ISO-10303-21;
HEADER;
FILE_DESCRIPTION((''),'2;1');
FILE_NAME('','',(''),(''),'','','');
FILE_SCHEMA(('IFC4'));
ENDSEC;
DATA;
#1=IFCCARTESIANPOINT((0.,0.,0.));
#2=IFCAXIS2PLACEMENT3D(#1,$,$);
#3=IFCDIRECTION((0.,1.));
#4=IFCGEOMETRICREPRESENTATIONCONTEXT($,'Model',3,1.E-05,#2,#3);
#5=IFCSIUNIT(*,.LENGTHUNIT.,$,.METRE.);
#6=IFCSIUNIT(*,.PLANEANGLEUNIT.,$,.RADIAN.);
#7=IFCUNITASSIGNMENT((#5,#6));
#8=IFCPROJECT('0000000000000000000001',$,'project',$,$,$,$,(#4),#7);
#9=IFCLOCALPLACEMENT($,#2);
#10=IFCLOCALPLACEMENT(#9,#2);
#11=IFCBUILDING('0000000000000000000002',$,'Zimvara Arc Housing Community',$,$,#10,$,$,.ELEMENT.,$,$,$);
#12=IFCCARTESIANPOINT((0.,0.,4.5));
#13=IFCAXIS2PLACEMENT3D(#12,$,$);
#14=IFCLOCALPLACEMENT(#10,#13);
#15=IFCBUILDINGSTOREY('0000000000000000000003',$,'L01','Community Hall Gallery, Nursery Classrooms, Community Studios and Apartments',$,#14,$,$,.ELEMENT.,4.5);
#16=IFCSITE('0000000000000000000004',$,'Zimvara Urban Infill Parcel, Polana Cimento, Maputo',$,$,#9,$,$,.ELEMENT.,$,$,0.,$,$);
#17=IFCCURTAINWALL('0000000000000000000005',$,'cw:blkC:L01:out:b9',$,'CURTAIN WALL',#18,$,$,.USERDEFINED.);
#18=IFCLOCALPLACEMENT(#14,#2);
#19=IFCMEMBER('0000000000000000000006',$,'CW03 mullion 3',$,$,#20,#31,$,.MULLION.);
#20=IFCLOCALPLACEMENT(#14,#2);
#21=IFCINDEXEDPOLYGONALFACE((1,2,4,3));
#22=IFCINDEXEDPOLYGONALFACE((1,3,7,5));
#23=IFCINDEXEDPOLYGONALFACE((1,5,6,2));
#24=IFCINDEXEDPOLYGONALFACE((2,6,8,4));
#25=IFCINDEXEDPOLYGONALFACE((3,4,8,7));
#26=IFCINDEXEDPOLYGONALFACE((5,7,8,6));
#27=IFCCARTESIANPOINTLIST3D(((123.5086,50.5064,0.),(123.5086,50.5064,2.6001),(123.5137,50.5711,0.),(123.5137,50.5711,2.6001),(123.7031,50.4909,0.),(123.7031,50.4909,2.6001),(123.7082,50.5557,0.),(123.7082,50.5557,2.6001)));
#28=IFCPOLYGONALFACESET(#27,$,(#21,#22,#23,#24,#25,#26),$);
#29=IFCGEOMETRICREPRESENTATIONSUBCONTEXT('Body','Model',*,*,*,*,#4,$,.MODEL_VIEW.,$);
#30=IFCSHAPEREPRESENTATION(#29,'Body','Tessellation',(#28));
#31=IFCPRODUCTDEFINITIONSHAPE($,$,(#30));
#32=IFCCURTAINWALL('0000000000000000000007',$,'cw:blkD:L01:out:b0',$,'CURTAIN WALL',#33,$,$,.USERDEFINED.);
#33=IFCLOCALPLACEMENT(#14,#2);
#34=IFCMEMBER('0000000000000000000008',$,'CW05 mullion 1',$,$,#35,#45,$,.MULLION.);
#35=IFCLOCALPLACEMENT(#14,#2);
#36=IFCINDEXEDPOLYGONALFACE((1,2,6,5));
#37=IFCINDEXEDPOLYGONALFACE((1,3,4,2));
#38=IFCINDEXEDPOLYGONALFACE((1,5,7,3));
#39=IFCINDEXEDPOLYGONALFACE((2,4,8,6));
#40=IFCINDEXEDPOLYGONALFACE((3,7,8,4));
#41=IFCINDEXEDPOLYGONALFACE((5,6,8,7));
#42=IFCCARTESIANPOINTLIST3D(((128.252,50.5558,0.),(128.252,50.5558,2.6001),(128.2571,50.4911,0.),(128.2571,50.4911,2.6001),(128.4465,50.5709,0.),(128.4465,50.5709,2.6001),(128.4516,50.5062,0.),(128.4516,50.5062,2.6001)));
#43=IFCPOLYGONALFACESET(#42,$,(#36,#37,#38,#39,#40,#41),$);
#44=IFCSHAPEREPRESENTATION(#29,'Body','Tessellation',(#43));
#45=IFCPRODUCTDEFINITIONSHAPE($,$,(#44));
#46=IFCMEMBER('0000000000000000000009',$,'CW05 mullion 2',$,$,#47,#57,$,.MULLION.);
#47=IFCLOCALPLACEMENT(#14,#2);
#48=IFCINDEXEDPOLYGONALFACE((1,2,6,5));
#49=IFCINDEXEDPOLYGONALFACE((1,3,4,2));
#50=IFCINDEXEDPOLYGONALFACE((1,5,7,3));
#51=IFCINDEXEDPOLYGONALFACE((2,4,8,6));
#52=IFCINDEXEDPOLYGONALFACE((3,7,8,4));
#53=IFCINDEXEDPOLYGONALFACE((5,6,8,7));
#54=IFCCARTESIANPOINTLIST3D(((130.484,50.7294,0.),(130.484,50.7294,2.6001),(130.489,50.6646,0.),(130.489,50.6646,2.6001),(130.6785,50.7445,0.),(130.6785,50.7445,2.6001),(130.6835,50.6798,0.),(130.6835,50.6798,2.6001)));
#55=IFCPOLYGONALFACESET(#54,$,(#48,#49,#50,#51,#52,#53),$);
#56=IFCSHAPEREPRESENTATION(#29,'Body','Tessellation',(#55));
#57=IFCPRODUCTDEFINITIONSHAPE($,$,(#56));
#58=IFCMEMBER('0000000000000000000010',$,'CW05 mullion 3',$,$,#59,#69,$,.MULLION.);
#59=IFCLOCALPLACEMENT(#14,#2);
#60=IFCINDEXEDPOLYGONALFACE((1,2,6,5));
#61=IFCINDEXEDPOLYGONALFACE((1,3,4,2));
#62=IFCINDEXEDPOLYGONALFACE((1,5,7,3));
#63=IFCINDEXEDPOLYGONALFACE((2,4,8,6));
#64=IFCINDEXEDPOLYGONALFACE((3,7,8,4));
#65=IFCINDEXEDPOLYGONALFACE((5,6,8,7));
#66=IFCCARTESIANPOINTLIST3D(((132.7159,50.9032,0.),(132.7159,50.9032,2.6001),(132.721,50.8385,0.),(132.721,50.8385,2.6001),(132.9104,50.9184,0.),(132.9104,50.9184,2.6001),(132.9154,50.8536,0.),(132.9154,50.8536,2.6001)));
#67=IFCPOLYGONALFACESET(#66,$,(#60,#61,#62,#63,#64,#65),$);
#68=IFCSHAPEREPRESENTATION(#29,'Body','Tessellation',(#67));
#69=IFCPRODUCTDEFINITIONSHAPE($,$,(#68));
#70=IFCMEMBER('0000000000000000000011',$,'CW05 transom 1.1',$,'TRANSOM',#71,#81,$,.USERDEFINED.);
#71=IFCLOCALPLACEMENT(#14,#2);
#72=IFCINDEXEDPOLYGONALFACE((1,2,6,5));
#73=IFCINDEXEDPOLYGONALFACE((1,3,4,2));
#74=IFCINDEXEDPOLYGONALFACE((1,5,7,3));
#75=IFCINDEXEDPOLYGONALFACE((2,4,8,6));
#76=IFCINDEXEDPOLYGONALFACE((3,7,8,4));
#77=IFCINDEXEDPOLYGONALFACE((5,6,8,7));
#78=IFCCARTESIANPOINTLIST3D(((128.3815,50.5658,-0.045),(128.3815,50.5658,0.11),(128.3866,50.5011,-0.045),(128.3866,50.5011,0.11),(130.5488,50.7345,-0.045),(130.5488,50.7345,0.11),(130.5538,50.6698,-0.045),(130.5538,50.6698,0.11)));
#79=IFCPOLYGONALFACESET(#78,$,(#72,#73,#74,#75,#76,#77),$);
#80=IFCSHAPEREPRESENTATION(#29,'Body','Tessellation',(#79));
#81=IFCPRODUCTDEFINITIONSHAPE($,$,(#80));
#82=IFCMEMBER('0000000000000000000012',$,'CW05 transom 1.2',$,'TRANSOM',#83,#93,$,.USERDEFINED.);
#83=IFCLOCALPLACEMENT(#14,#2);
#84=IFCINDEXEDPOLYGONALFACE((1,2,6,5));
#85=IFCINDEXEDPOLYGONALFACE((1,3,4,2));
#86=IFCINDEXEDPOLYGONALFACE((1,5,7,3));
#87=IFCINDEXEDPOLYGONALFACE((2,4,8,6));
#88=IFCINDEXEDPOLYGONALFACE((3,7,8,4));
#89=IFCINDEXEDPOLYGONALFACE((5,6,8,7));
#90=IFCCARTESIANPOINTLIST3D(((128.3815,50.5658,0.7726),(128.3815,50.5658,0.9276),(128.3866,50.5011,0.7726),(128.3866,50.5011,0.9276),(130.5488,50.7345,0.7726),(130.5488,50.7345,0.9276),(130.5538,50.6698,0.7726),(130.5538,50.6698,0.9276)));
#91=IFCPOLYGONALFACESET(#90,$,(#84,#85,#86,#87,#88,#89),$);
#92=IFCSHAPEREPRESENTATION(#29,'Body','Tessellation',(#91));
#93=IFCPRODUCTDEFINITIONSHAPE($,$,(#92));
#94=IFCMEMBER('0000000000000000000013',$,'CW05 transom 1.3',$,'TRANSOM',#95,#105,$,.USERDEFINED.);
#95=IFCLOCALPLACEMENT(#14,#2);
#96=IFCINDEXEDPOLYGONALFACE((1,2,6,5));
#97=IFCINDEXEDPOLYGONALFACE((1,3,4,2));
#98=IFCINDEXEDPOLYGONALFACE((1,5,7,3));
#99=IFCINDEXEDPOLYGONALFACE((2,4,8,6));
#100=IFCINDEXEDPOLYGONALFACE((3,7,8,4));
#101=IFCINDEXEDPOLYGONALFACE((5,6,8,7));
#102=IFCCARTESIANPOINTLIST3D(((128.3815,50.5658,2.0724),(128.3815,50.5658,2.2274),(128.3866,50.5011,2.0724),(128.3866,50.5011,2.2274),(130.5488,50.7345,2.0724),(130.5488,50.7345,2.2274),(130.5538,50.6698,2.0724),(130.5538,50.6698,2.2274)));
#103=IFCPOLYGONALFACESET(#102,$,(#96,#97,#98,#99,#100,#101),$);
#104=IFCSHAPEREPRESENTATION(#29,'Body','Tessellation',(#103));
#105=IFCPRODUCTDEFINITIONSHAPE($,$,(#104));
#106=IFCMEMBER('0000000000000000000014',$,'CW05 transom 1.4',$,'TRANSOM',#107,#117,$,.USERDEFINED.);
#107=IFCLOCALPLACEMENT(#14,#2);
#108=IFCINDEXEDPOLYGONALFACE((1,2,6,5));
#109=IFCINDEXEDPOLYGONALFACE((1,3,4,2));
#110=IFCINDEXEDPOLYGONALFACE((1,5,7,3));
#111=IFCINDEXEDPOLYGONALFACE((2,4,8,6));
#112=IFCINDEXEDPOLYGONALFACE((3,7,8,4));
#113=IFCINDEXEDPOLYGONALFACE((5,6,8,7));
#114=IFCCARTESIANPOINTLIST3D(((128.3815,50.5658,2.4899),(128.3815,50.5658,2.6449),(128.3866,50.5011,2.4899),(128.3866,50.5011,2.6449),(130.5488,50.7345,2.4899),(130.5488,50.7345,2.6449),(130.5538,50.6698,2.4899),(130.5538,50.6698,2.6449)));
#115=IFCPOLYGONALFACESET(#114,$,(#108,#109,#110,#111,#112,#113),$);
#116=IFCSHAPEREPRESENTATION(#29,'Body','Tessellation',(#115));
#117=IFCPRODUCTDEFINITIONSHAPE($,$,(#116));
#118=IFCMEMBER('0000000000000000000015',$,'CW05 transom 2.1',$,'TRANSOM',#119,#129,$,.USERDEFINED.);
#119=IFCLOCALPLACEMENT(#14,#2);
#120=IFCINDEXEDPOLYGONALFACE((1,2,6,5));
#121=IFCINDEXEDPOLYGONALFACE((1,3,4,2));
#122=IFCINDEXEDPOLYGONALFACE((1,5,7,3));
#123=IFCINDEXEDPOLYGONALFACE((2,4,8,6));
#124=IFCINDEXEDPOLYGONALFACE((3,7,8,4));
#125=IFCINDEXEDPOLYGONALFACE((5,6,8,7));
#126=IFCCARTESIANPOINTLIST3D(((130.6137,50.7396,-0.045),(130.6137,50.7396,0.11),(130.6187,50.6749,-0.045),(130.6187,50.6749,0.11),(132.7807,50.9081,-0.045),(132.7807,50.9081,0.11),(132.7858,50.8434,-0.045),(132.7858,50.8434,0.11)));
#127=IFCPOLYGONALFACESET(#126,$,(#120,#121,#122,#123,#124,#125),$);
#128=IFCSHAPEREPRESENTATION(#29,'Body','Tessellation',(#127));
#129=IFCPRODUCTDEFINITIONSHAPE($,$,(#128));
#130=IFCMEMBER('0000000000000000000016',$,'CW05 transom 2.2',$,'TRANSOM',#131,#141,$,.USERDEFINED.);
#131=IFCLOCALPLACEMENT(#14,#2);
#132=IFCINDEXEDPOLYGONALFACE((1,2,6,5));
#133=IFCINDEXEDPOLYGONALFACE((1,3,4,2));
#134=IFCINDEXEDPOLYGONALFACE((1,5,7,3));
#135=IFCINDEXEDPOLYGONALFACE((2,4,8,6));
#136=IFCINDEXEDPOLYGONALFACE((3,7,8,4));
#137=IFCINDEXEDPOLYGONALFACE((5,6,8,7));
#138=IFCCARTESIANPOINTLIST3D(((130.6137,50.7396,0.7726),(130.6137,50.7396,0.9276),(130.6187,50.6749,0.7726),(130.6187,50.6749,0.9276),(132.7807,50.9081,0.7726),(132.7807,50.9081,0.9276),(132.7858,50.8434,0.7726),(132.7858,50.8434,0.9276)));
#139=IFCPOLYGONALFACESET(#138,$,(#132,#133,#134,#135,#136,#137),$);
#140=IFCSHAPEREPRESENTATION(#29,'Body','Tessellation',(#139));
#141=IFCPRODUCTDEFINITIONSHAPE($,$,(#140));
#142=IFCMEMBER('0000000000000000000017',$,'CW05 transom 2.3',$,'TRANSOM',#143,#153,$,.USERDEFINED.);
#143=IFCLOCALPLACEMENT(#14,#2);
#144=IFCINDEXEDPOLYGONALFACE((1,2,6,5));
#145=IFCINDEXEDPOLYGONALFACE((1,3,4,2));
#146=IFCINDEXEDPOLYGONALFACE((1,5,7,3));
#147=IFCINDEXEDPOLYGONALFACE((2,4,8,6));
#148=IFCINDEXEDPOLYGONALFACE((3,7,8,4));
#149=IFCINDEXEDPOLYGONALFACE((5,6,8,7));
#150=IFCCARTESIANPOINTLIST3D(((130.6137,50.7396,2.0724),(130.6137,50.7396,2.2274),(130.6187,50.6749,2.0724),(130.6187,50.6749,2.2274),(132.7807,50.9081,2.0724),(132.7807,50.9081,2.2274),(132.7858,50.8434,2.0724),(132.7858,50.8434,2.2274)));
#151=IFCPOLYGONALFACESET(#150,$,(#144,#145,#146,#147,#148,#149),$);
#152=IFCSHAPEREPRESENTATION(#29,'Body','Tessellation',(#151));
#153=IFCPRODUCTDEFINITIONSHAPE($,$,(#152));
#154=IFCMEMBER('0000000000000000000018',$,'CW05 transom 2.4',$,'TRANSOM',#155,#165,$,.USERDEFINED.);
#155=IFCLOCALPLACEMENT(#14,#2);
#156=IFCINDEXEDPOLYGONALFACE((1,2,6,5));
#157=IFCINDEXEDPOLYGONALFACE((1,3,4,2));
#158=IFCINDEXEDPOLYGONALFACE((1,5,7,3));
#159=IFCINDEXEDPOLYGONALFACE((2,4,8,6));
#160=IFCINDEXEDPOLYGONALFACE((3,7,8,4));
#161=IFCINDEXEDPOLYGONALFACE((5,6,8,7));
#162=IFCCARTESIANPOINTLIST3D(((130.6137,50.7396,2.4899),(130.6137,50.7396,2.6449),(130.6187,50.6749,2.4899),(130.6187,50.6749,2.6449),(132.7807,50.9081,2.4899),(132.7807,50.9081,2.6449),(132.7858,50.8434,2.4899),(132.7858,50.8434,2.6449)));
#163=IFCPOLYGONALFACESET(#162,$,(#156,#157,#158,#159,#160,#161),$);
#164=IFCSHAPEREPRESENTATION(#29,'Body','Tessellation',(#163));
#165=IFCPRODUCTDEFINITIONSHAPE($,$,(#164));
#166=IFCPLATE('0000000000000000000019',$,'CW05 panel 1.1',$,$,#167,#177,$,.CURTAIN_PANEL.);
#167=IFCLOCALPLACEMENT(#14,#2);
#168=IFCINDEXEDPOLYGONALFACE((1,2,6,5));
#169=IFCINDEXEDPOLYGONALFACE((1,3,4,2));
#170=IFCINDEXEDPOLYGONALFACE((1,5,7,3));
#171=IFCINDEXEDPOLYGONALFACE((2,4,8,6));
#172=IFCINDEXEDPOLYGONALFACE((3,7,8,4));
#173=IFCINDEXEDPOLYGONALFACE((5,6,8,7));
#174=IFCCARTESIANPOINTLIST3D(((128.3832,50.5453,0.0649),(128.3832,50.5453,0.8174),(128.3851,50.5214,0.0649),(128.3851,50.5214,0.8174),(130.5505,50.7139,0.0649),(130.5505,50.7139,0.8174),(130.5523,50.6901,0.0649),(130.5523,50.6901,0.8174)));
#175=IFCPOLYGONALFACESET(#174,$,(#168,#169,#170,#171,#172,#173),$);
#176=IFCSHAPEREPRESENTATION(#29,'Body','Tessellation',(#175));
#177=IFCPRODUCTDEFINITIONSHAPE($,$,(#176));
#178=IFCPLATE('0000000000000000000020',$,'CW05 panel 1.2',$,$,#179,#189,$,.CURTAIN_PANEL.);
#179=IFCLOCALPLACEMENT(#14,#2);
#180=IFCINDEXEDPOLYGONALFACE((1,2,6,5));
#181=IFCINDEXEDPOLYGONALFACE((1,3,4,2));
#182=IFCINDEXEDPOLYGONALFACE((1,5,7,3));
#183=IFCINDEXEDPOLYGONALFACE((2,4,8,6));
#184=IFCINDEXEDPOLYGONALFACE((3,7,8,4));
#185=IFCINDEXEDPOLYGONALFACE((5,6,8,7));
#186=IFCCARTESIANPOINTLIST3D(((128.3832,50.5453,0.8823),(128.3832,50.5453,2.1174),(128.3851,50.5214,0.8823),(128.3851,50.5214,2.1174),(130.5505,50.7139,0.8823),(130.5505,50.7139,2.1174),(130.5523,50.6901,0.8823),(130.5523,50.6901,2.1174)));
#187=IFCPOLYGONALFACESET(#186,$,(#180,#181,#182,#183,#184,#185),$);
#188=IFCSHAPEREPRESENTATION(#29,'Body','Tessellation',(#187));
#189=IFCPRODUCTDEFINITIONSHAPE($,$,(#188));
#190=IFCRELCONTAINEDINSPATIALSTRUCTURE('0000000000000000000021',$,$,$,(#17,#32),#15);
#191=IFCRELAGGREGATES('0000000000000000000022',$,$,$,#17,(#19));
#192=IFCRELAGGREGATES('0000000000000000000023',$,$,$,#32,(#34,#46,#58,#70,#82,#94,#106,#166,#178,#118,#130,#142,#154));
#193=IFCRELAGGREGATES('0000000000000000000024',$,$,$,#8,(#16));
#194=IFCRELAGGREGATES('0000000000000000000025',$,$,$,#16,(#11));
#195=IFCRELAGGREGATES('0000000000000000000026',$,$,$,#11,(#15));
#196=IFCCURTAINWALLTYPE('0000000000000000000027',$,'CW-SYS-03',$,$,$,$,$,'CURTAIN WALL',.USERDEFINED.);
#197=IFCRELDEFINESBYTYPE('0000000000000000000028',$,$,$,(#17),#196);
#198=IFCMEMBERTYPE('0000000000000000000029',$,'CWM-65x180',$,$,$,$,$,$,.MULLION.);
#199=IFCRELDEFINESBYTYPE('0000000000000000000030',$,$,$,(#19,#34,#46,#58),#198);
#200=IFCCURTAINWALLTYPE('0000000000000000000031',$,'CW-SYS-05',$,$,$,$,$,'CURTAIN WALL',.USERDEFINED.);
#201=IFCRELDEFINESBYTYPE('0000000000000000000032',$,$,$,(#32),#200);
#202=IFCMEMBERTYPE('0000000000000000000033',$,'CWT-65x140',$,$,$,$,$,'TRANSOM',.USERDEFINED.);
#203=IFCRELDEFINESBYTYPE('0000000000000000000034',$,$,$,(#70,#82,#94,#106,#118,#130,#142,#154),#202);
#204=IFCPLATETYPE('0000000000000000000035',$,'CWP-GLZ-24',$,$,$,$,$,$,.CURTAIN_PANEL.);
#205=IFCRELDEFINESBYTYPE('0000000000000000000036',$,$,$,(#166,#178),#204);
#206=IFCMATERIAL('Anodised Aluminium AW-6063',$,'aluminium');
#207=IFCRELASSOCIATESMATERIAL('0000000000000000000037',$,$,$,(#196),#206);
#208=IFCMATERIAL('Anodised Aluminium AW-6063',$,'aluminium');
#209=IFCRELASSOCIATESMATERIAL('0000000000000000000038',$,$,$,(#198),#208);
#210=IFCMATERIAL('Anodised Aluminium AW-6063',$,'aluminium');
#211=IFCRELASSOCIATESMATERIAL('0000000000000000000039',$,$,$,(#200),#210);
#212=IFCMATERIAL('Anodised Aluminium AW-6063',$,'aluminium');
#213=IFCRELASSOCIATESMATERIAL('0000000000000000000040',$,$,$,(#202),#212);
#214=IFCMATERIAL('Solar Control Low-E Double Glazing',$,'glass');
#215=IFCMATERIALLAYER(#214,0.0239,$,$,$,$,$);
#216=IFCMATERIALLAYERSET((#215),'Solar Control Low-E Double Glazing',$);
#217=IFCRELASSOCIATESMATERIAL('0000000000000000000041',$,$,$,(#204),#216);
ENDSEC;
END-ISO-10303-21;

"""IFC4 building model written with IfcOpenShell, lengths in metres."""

from ifc_helpers import new_model, si_unit, direction, frame, origin, origin_2d, place, context, subcontext, project, spatial, rectangle, extrude, material, layer, layer_set, material_profile, profile_set, type_object, element, aggregate, save


model = new_model("IFC4")

# Units and contexts
model_context = context("Model", 3, precision=1e-05, world=origin(), true_north=direction((0.0, 1.0)))
body_context = subcontext(model_context, "Body", "Model", "MODEL_VIEW")
ifc_project = project(units=[si_unit("LENGTHUNIT", "METRE"), si_unit("PLANEANGLEUNIT", "RADIAN")], contexts=[model_context])

# Site, building, storey
site_placement = place(None, origin())
site = spatial("IfcSite", under=ifc_project, at=site_placement, Name="Zimvara Urban Infill Parcel, Polana Cimento, Maputo", CompositionType="ELEMENT", RefElevation=0.0)
building_placement = place(site_placement, origin())
building = spatial("IfcBuilding", under=site, at=building_placement, Name="Zimvara Arc Housing Community", CompositionType="ELEMENT")
storey_placement = place(building_placement, frame((0.0, 0.0, 4.5)))
storey = spatial("IfcBuildingStorey", under=building, at=storey_placement, Name="L01", Description="Community Hall Gallery, Nursery Classrooms, Community Studios and Apartments", CompositionType="ELEMENT", Elevation=4.5)

# Curtain wall, member
ifc_material_1 = material(Name="Anodised Aluminium AW-6063", Category="aluminium")
curtain_wall_type_1 = type_object("IfcCurtainWallType", Name="CW-SYS-03", ElementType="CURTAIN WALL", PredefinedType="USERDEFINED", material=ifc_material_1)
curtain_wall_1_placement = place(storey_placement, origin())
curtain_wall_1 = element("IfcCurtainWall", 1, at=curtain_wall_1_placement, inside=storey, type_object=curtain_wall_type_1, Name="cw:blkC:L01:out:b9", ObjectType="CURTAIN WALL", PredefinedType="USERDEFINED")
ifc_material_2 = material(Name="Anodised Aluminium AW-6063", Category="aluminium")
ifc_material_profile_1 = material_profile(ifc_material_2, rectangle(XDim=0.0649, YDim=0.1951, at=origin_2d()), Name="ALU 65x195")
ifc_profile_set_1 = profile_set([ifc_material_profile_1], Name="Anodised Aluminium AW-6063")
member_type_1 = type_object("IfcMemberType", Name="CWM-65x180", PredefinedType="MULLION", material=ifc_profile_set_1)
member_1_placement = place(storey_placement, frame((123.6084, 50.531, 0.0), z_axis=(0.0, 0.0, 1.0), x_axis=(0.079154, 0.996862, 0.0)))
member_1 = element("IfcMember", 2, at=member_1_placement, type_object=member_type_1, Name="CW03 mullion 3", PredefinedType="MULLION", context=body_context, shape_type="SweptSolid", body=[
    extrude(rectangle(XDim=0.0649, YDim=0.1951, at=origin_2d()), origin(), (0.0, 0.0, 1.0), 2.6001),
])
aggregate(curtain_wall_1, [member_1])

# Curtain wall, members, plates
ifc_material_3 = material(Name="Anodised Aluminium AW-6063", Category="aluminium")
curtain_wall_type_2 = type_object("IfcCurtainWallType", Name="CW-SYS-05", ElementType="CURTAIN WALL", PredefinedType="USERDEFINED", material=ifc_material_3)
curtain_wall_2_placement = place(storey_placement, origin())
curtain_wall_2 = element("IfcCurtainWall", 3, at=curtain_wall_2_placement, inside=storey, type_object=curtain_wall_type_2, Name="cw:blkD:L01:out:b0", ObjectType="CURTAIN WALL", PredefinedType="USERDEFINED")
member_2_placement = place(storey_placement, frame((128.3518, 50.531, 0.0), z_axis=(0.0, 0.0, 1.0), x_axis=(-0.07759, 0.996985, 0.0)))
member_2 = element("IfcMember", 4, at=member_2_placement, type_object=member_type_1, Name="CW05 mullion 1", PredefinedType="MULLION", context=body_context, shape_type="SweptSolid", body=[
    extrude(rectangle(XDim=0.0649, YDim=0.1951, at=origin_2d()), origin(), (0.0, 0.0, 1.0), 2.6001),
])
member_3_placement = place(storey_placement, frame((130.5837, 50.7046, 0.0), z_axis=(0.0, 0.0, 1.0), x_axis=(-0.07759, 0.996985, 0.0)))
member_3 = element("IfcMember", 5, at=member_3_placement, type_object=member_type_1, Name="CW05 mullion 2", PredefinedType="MULLION", context=body_context, shape_type="SweptSolid", body=[
    extrude(rectangle(XDim=0.0649, YDim=0.1951, at=origin_2d()), origin(), (0.0, 0.0, 1.0), 2.6001),
])
member_4_placement = place(storey_placement, frame((132.8157, 50.8784, 0.0), z_axis=(0.0, 0.0, 1.0), x_axis=(-0.07759, 0.996985, 0.0)))
member_4 = element("IfcMember", 6, at=member_4_placement, type_object=member_type_1, Name="CW05 mullion 3", PredefinedType="MULLION", context=body_context, shape_type="SweptSolid", body=[
    extrude(rectangle(XDim=0.0649, YDim=0.1951, at=origin_2d()), origin(), (0.0, 0.0, 1.0), 2.6001),
])
ifc_material_4 = material(Name="Anodised Aluminium AW-6063", Category="aluminium")
ifc_material_profile_2 = material_profile(ifc_material_4, rectangle(XDim=0.0649, YDim=0.155, at=origin_2d()), Name="ALU 65x155")
ifc_profile_set_2 = profile_set([ifc_material_profile_2], Name="Anodised Aluminium AW-6063")
member_type_2 = type_object("IfcMemberType", Name="CWT-65x140", ElementType="TRANSOM", PredefinedType="USERDEFINED", material=ifc_profile_set_2)
member_5_placement = place(storey_placement, frame((128.384, 50.5334, 0.0325), z_axis=(0.996984, 0.077607, 0.0), x_axis=(-0.077607, 0.996984, 0.0)))
member_5 = element("IfcMember", 7, at=member_5_placement, type_object=member_type_2, Name="CW05 transom 1.1", ObjectType="TRANSOM", PredefinedType="USERDEFINED", context=body_context, shape_type="SweptSolid", body=[
    extrude(rectangle(XDim=0.0649, YDim=0.155, at=origin_2d()), origin(), (0.0, 0.0, 1.0), 2.1738),
])
member_6_placement = place(storey_placement, frame((128.384, 50.5334, 0.8501), z_axis=(0.996984, 0.077607, 0.0), x_axis=(-0.077607, 0.996984, 0.0)))
member_6 = element("IfcMember", 8, at=member_6_placement, type_object=member_type_2, Name="CW05 transom 1.2", ObjectType="TRANSOM", PredefinedType="USERDEFINED", context=body_context, shape_type="SweptSolid", body=[
    extrude(rectangle(XDim=0.0649, YDim=0.155, at=origin_2d()), origin(), (0.0, 0.0, 1.0), 2.1738),
])
member_7_placement = place(storey_placement, frame((128.384, 50.5334, 2.1499), z_axis=(0.996984, 0.077607, 0.0), x_axis=(-0.077607, 0.996984, 0.0)))
member_7 = element("IfcMember", 9, at=member_7_placement, type_object=member_type_2, Name="CW05 transom 1.3", ObjectType="TRANSOM", PredefinedType="USERDEFINED", context=body_context, shape_type="SweptSolid", body=[
    extrude(rectangle(XDim=0.0649, YDim=0.155, at=origin_2d()), origin(), (0.0, 0.0, 1.0), 2.1738),
])
member_8_placement = place(storey_placement, frame((128.384, 50.5334, 2.5674), z_axis=(0.996984, 0.077607, 0.0), x_axis=(-0.077607, 0.996984, 0.0)))
member_8 = element("IfcMember", 10, at=member_8_placement, type_object=member_type_2, Name="CW05 transom 1.4", ObjectType="TRANSOM", PredefinedType="USERDEFINED", context=body_context, shape_type="SweptSolid", body=[
    extrude(rectangle(XDim=0.0649, YDim=0.155, at=origin_2d()), origin(), (0.0, 0.0, 1.0), 2.1738),
])
member_9_placement = place(storey_placement, frame((130.6162, 50.7073, 0.0325), z_axis=(0.996992, 0.077504, 0.0), x_axis=(-0.077504, 0.996992, 0.0)))
member_9 = element("IfcMember", 11, at=member_9_placement, type_object=member_type_2, Name="CW05 transom 2.1", ObjectType="TRANSOM", PredefinedType="USERDEFINED", context=body_context, shape_type="SweptSolid", body=[
    extrude(rectangle(XDim=0.0649, YDim=0.155, at=origin_2d()), origin(), (0.0, 0.0, 1.0), 2.1736),
])
member_10_placement = place(storey_placement, frame((130.6162, 50.7073, 0.8501), z_axis=(0.996992, 0.077504, 0.0), x_axis=(-0.077504, 0.996992, 0.0)))
member_10 = element("IfcMember", 12, at=member_10_placement, type_object=member_type_2, Name="CW05 transom 2.2", ObjectType="TRANSOM", PredefinedType="USERDEFINED", context=body_context, shape_type="SweptSolid", body=[
    extrude(rectangle(XDim=0.0649, YDim=0.155, at=origin_2d()), origin(), (0.0, 0.0, 1.0), 2.1736),
])
member_11_placement = place(storey_placement, frame((130.6162, 50.7073, 2.1499), z_axis=(0.996992, 0.077504, 0.0), x_axis=(-0.077504, 0.996992, 0.0)))
member_11 = element("IfcMember", 13, at=member_11_placement, type_object=member_type_2, Name="CW05 transom 2.3", ObjectType="TRANSOM", PredefinedType="USERDEFINED", context=body_context, shape_type="SweptSolid", body=[
    extrude(rectangle(XDim=0.0649, YDim=0.155, at=origin_2d()), origin(), (0.0, 0.0, 1.0), 2.1736),
])
member_12_placement = place(storey_placement, frame((130.6162, 50.7073, 2.5674), z_axis=(0.996992, 0.077504, 0.0), x_axis=(-0.077504, 0.996992, 0.0)))
member_12 = element("IfcMember", 14, at=member_12_placement, type_object=member_type_2, Name="CW05 transom 2.4", ObjectType="TRANSOM", PredefinedType="USERDEFINED", context=body_context, shape_type="SweptSolid", body=[
    extrude(rectangle(XDim=0.0649, YDim=0.155, at=origin_2d()), origin(), (0.0, 0.0, 1.0), 2.1736),
])
ifc_material_5 = material(Name="Solar Control Low-E Double Glazing", Category="glass")
ifc_layer_1 = layer(ifc_material_5, 0.0239)
ifc_layer_set_1 = layer_set([ifc_layer_1], Name="Solar Control Low-E Double Glazing")
plate_type = type_object("IfcPlateType", Name="CWP-GLZ-24", PredefinedType="CURTAIN_PANEL", material=ifc_layer_set_1)
plate_1_placement = place(storey_placement, frame((129.4678, 50.6177, 0.0649), z_axis=(0.0, 0.0, 1.0), x_axis=(0.996985, 0.07759, 0.0)))
plate_1 = element("IfcPlate", 15, at=plate_1_placement, type_object=plate_type, Name="CW05 panel 1.1", PredefinedType="CURTAIN_PANEL", context=body_context, shape_type="SweptSolid", body=[
    extrude(rectangle(XDim=2.1738, YDim=0.0239, at=origin_2d()), origin(), (0.0, 0.0, 1.0), 0.7524),
])
plate_2_placement = place(storey_placement, frame((129.4678, 50.6177, 0.8823), z_axis=(0.0, 0.0, 1.0), x_axis=(0.996985, 0.07759, 0.0)))
plate_2 = element("IfcPlate", 16, at=plate_2_placement, type_object=plate_type, Name="CW05 panel 1.2", PredefinedType="CURTAIN_PANEL", context=body_context, shape_type="SweptSolid", body=[
    extrude(rectangle(XDim=2.1738, YDim=0.0239, at=origin_2d()), origin(), (0.0, 0.0, 1.0), 1.2351),
])
aggregate(curtain_wall_2, [member_2, member_3, member_4, member_5, member_6, member_7, member_8, plate_1, plate_2, member_9, member_10, member_11, member_12])

save(model, "model.ifc")
